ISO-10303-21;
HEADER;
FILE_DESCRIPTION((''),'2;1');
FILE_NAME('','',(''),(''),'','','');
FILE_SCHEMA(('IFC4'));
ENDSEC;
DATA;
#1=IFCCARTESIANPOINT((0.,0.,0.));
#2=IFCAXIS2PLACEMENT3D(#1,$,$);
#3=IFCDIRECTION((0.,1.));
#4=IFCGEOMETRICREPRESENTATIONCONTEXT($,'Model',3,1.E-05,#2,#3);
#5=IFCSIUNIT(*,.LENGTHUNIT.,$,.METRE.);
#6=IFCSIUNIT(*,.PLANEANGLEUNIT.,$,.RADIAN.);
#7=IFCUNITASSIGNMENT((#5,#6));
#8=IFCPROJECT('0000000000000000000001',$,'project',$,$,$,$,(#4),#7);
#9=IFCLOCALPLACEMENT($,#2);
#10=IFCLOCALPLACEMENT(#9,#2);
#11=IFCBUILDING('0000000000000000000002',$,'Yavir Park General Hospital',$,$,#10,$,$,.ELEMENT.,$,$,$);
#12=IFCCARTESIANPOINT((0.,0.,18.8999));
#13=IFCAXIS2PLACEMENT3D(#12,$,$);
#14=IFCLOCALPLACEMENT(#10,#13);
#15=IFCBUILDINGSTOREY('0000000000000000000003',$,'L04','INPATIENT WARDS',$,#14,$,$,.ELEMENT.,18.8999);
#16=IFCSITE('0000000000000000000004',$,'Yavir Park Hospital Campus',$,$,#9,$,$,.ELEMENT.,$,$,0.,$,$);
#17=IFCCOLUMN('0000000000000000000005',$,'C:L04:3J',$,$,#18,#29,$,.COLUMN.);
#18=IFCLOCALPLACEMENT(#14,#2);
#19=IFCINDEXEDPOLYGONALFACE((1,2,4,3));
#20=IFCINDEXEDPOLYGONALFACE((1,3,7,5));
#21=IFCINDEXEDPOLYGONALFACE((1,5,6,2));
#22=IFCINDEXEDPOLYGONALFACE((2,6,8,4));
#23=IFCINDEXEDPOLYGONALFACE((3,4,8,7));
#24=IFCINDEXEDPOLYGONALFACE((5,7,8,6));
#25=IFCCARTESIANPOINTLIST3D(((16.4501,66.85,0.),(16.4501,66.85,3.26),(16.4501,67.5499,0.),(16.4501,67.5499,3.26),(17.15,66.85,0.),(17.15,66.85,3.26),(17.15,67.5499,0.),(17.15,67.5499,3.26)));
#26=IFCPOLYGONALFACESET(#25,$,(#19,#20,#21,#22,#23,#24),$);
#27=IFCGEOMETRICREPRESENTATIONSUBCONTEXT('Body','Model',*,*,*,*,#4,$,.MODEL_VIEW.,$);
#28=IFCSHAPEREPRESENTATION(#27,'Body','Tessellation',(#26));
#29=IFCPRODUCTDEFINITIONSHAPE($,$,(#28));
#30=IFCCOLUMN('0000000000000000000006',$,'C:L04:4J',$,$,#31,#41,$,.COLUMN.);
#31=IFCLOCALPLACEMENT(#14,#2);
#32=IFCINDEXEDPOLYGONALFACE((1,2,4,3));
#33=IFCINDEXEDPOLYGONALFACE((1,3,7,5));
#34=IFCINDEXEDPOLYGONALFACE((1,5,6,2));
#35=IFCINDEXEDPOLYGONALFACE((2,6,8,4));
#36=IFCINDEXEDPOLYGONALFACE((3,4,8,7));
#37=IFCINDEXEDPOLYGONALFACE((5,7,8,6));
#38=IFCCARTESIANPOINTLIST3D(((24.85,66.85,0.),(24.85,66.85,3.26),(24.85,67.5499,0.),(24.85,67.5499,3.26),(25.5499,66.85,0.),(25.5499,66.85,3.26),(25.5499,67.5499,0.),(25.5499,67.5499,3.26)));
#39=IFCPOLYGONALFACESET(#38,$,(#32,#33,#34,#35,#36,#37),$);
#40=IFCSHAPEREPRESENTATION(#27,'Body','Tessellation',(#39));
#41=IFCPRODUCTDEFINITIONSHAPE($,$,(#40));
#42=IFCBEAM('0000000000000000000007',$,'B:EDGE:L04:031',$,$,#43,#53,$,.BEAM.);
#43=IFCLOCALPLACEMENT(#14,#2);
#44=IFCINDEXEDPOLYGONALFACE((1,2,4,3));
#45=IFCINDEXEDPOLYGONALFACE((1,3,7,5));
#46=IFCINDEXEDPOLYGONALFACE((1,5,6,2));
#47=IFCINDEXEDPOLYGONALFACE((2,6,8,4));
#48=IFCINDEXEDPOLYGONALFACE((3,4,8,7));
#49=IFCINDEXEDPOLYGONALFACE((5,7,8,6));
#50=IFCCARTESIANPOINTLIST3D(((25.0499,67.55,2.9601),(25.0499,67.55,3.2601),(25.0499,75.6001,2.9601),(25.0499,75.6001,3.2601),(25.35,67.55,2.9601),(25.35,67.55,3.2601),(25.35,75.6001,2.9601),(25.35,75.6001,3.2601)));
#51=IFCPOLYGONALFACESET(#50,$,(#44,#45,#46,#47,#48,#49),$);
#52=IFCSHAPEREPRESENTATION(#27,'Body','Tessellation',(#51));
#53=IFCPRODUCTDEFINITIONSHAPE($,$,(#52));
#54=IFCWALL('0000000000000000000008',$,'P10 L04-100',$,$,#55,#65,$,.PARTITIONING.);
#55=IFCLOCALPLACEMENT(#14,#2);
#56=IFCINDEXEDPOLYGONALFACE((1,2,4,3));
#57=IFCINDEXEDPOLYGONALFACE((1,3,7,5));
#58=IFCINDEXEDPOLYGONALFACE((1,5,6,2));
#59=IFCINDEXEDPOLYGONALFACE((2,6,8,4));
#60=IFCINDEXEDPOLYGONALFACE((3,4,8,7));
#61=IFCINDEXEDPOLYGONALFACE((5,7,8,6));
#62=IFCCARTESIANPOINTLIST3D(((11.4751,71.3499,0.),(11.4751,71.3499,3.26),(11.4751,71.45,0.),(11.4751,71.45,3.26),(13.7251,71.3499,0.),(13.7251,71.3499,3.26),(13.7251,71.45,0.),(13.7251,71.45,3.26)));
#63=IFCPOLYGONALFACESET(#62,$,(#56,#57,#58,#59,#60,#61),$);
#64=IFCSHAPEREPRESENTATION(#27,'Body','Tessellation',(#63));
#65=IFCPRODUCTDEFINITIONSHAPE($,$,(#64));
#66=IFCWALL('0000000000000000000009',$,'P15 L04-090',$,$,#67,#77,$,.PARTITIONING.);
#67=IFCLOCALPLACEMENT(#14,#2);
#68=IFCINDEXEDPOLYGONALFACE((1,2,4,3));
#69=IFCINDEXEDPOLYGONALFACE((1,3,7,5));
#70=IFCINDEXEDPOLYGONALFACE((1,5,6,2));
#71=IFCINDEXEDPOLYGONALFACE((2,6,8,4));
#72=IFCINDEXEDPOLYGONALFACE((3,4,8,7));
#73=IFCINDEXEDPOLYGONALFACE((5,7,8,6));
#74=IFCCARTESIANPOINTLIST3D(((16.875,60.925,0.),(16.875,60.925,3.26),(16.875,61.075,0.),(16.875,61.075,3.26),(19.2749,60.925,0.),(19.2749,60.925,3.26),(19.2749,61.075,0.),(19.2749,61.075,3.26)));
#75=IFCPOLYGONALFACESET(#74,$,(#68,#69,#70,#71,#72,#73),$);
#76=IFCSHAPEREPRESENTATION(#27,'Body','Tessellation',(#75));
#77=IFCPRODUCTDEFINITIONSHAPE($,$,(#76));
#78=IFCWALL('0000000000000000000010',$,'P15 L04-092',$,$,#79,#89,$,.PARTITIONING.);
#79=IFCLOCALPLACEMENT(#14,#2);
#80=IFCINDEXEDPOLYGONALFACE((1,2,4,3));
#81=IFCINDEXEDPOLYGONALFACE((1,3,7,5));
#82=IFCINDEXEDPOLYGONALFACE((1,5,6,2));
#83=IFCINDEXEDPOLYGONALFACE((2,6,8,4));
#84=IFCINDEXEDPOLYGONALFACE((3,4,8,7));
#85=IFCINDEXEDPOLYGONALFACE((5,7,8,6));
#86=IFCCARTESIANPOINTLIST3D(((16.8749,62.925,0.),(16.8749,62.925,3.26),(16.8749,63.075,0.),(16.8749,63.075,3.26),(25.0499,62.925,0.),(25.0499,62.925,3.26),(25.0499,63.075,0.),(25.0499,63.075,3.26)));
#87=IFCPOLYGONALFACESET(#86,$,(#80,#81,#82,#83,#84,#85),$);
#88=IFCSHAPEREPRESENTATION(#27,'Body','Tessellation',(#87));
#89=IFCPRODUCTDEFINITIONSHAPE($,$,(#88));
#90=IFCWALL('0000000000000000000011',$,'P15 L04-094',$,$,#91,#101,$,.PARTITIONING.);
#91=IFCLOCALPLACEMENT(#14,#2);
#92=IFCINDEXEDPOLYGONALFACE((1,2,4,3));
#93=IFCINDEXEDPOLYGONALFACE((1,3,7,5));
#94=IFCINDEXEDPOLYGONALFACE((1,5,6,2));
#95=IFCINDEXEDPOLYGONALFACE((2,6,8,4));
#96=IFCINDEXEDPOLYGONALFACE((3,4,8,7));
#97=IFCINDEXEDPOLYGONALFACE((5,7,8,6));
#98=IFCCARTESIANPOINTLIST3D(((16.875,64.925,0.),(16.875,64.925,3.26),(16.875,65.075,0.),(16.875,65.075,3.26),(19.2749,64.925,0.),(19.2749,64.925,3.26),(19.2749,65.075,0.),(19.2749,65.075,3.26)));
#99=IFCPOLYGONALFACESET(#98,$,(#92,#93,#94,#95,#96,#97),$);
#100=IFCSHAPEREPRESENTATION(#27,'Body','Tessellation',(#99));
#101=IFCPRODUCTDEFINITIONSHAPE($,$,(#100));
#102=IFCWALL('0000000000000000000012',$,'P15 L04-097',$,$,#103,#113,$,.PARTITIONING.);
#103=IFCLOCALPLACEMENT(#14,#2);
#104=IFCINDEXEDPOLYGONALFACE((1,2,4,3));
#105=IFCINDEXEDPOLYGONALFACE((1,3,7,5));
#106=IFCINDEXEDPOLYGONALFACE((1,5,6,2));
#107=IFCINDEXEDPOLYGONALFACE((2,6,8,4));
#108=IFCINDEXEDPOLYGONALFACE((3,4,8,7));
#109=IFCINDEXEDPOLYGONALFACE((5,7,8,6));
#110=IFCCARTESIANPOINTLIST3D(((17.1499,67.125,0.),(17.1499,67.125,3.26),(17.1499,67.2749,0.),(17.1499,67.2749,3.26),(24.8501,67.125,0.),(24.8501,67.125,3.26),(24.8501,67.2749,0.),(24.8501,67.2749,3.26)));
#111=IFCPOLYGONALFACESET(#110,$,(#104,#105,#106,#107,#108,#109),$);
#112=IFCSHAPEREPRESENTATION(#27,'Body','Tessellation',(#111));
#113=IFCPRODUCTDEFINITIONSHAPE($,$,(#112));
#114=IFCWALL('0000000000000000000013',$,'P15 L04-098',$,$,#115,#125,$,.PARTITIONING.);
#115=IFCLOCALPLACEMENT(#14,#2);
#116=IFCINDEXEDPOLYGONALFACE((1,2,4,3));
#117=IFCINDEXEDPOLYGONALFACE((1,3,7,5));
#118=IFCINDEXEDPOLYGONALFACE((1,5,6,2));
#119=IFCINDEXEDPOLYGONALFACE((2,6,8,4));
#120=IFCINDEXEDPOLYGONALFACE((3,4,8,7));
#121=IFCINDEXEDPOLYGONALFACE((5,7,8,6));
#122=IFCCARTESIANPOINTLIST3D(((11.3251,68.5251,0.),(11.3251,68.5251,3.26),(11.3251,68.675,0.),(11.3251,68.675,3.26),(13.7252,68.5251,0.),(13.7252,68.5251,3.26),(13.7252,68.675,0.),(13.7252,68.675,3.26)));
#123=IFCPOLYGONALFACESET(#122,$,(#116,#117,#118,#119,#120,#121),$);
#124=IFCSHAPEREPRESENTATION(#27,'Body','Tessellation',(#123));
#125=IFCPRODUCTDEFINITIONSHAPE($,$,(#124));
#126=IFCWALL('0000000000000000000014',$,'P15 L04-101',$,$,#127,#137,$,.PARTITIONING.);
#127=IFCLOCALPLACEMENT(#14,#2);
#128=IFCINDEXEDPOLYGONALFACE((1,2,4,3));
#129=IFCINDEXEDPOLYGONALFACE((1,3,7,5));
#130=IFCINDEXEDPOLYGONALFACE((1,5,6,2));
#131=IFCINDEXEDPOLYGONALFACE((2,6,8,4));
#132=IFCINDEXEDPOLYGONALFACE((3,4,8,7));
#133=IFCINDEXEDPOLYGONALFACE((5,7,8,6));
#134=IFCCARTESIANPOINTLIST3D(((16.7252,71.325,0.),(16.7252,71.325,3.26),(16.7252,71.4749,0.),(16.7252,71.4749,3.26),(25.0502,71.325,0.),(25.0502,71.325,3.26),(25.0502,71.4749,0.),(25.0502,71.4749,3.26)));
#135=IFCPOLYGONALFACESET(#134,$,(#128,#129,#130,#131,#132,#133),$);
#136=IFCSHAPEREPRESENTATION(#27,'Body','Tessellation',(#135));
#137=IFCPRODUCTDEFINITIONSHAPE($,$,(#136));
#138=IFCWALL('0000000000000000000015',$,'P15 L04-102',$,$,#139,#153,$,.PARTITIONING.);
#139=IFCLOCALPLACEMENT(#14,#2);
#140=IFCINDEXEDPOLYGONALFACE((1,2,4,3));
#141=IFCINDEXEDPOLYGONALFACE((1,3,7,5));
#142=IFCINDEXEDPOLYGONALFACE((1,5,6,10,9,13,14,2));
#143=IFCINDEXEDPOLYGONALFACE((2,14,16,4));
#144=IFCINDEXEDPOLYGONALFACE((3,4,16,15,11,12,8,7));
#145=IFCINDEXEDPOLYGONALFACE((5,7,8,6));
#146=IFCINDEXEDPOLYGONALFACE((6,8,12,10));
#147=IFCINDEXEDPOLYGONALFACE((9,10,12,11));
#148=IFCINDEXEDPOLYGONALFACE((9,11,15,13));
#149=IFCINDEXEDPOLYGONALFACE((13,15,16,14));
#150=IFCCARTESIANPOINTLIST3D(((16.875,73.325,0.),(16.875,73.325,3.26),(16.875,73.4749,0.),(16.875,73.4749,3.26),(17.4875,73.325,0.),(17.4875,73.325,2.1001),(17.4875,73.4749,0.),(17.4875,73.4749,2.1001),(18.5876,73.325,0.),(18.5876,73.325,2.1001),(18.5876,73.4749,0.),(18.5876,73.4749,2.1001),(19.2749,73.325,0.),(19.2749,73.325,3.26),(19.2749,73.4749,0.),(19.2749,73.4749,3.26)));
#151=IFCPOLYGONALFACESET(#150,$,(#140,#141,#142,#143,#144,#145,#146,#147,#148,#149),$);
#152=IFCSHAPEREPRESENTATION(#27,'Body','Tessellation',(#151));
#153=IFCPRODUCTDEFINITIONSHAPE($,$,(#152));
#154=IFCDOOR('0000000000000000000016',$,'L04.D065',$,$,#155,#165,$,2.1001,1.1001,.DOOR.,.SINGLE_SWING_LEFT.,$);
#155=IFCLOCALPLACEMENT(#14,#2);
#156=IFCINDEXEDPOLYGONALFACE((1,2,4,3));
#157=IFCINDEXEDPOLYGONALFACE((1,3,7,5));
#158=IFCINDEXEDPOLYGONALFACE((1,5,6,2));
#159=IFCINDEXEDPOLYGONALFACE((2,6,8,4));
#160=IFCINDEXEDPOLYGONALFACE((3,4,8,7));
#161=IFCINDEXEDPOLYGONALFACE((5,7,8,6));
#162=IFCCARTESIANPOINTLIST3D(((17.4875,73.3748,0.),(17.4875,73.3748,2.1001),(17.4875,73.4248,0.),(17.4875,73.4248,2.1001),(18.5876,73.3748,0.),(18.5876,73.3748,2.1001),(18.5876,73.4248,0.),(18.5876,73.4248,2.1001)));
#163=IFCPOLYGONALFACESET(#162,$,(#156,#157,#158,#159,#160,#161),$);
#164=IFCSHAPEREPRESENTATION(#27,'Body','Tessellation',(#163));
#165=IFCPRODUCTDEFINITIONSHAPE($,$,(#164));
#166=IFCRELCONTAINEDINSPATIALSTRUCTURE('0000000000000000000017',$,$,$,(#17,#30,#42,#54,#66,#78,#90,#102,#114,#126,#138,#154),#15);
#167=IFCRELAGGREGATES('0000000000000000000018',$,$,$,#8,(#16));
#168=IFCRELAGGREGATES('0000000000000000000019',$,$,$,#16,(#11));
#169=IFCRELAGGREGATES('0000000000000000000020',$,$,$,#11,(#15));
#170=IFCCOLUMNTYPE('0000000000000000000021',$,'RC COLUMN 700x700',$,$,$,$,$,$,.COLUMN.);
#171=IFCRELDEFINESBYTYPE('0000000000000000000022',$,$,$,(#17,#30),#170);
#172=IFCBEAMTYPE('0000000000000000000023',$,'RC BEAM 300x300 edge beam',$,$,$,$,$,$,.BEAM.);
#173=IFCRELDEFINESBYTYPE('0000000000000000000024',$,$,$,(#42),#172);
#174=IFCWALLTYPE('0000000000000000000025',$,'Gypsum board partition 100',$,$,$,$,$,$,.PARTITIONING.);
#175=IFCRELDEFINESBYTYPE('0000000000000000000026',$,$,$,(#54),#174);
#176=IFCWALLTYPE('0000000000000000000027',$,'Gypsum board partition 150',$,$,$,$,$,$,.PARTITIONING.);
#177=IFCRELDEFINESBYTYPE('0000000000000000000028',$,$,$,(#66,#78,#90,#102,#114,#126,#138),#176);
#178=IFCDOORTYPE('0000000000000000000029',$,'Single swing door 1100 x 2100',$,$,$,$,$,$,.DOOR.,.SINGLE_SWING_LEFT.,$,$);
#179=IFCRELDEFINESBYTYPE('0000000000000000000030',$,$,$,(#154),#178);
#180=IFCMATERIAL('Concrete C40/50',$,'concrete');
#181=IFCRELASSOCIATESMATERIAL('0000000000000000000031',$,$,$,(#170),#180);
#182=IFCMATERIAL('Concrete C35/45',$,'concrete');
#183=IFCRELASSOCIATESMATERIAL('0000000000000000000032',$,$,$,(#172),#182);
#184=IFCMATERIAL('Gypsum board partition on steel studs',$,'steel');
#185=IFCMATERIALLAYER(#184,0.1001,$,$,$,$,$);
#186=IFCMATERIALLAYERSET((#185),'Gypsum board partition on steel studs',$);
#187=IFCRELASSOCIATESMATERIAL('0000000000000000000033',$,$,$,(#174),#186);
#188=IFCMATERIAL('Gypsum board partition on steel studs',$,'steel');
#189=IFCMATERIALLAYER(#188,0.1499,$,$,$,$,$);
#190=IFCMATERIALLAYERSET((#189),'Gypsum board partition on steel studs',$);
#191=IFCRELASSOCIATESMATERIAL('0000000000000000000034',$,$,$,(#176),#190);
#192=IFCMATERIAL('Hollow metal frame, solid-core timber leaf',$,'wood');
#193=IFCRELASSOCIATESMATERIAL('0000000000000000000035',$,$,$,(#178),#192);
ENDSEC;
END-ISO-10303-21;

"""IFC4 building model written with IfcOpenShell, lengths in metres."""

from ifc_helpers import new_model, si_unit, direction, frame, frame_2d, origin, origin_2d, place, context, subcontext, project, spatial, rectangle, extrude, material, layer, layer_set, material_profile, profile_set, type_object, element, fill, save


model = new_model("IFC4")

# Units and contexts
model_context = context("Model", 3, precision=1e-05, world=origin(), true_north=direction((0.0, 1.0)))
body_context = subcontext(model_context, "Body", "Model", "MODEL_VIEW")
ifc_project = project(units=[si_unit("LENGTHUNIT", "METRE"), si_unit("PLANEANGLEUNIT", "RADIAN")], contexts=[model_context])

# Site, building, storey
site_placement = place(None, origin())
site = spatial("IfcSite", under=ifc_project, at=site_placement, Name="Yavir Park Hospital Campus", CompositionType="ELEMENT", RefElevation=0.0)
building_placement = place(site_placement, origin())
building = spatial("IfcBuilding", under=site, at=building_placement, Name="Yavir Park General Hospital", CompositionType="ELEMENT")
storey_placement = place(building_placement, frame((0.0, 0.0, 18.8999)))
storey = spatial("IfcBuildingStorey", under=building, at=storey_placement, Name="L04", Description="INPATIENT WARDS", CompositionType="ELEMENT", Elevation=18.8999)

# Columns
ifc_material_1 = material(Name="Concrete C40/50", Category="concrete")
ifc_material_profile_1 = material_profile(ifc_material_1, rectangle(XDim=0.7, YDim=0.7, at=origin_2d()), Name="RC700x700")
ifc_profile_set_1 = profile_set([ifc_material_profile_1], Name="Concrete C40/50")
column_type = type_object("IfcColumnType", Name="RC COLUMN 700x700", PredefinedType="COLUMN", material=ifc_profile_set_1)
for number, where, z_axis, x_axis, name in (
    (1, (16.8, 67.2, 0.0), (0.0, 0.0, 1.0), (1.0, 0.0, 0.0), "C:L04:3J"),
    (2, (25.2, 67.2, 0.0), (0.0, 0.0, 1.0), (1.0, 0.0, 0.0), "C:L04:4J"),
):
    element("IfcColumn", number, at=place(storey_placement, frame(where, z_axis=z_axis, x_axis=x_axis)), inside=storey, type_object=column_type, Name=name, PredefinedType="COLUMN", context=body_context, shape_type="SweptSolid", body=[
        extrude(rectangle(XDim=0.7, YDim=0.7, at=origin_2d()), origin(), (0.0, 0.0, 1.0), 3.26),
    ])

# Beam
ifc_material_2 = material(Name="Concrete C35/45", Category="concrete")
ifc_material_profile_2 = material_profile(ifc_material_2, rectangle(XDim=0.3, YDim=0.3, at=origin_2d()), Name="RC300x300")
ifc_profile_set_2 = profile_set([ifc_material_profile_2], Name="Concrete C35/45")
beam_type = type_object("IfcBeamType", Name="RC BEAM 300x300 edge beam", PredefinedType="BEAM", material=ifc_profile_set_2)
beam_placement = place(storey_placement, frame((25.2, 67.55, 3.1101), z_axis=(0.0, 1.0, 0.0), x_axis=(-1.0, 0.0, 0.0)))
element("IfcBeam", 3, at=beam_placement, inside=storey, type_object=beam_type, Name="B:EDGE:L04:031", PredefinedType="BEAM", context=body_context, shape_type="SweptSolid", body=[
    extrude(rectangle(XDim=0.3, YDim=0.3, at=origin_2d()), origin(), (0.0, 0.0, 1.0), 8.05),
])

# Walls
ifc_material_3 = material(Name="Gypsum board partition on steel studs", Category="steel")
ifc_layer_1 = layer(ifc_material_3, 0.1001)
ifc_layer_set_1 = layer_set([ifc_layer_1], Name="Gypsum board partition on steel studs")
wall_type_1 = type_object("IfcWallType", Name="Gypsum board partition 100", PredefinedType="PARTITIONING", material=ifc_layer_set_1)
wall_1_placement = place(storey_placement, frame((11.4751, 71.3999, 0.0), z_axis=(0.0, 0.0, 1.0), x_axis=(1.0, 0.0, 0.0)))
element("IfcWall", 4, at=wall_1_placement, inside=storey, type_object=wall_type_1, Name="P10 L04-100", PredefinedType="PARTITIONING", context=body_context, shape_type="SweptSolid", body=[
    extrude(rectangle(XDim=2.25, YDim=0.1001, at=frame_2d((1.125, 0.0))), origin(), (0.0, 0.0, 1.0), 3.26),
])
ifc_material_4 = material(Name="Gypsum board partition on steel studs", Category="steel")
ifc_layer_2 = layer(ifc_material_4, 0.1499)
ifc_layer_set_2 = layer_set([ifc_layer_2], Name="Gypsum board partition on steel studs")
wall_type_2 = type_object("IfcWallType", Name="Gypsum board partition 150", PredefinedType="PARTITIONING", material=ifc_layer_set_2)
wall_2_placement = place(storey_placement, frame((16.875, 61.0, 0.0), z_axis=(0.0, 0.0, 1.0), x_axis=(1.0, 0.0, 0.0)))
element("IfcWall", 5, at=wall_2_placement, inside=storey, type_object=wall_type_2, Name="P15 L04-090", PredefinedType="PARTITIONING", context=body_context, shape_type="SweptSolid", body=[
    extrude(rectangle(XDim=2.3999, YDim=0.1499, at=frame_2d((1.2, 0.0))), origin(), (0.0, 0.0, 1.0), 3.26),
])
wall_3_placement = place(storey_placement, frame((16.875, 63.0, 0.0), z_axis=(0.0, 0.0, 1.0), x_axis=(1.0, 0.0, 0.0)))
element("IfcWall", 6, at=wall_3_placement, inside=storey, type_object=wall_type_2, Name="P15 L04-092", PredefinedType="PARTITIONING", context=body_context, shape_type="SweptSolid", body=[
    extrude(rectangle(XDim=8.175, YDim=0.1499, at=frame_2d((4.0874, 0.0))), origin(), (0.0, 0.0, 1.0), 3.26),
])
wall_4_placement = place(storey_placement, frame((16.875, 65.0, 0.0), z_axis=(0.0, 0.0, 1.0), x_axis=(1.0, 0.0, 0.0)))
element("IfcWall", 7, at=wall_4_placement, inside=storey, type_object=wall_type_2, Name="P15 L04-094", PredefinedType="PARTITIONING", context=body_context, shape_type="SweptSolid", body=[
    extrude(rectangle(XDim=2.3999, YDim=0.1499, at=frame_2d((1.2, 0.0))), origin(), (0.0, 0.0, 1.0), 3.26),
])
wall_5_placement = place(storey_placement, frame((17.1499, 67.2, 0.0), z_axis=(0.0, 0.0, 1.0), x_axis=(1.0, 0.0, 0.0)))
element("IfcWall", 8, at=wall_5_placement, inside=storey, type_object=wall_type_2, Name="P15 L04-097", PredefinedType="PARTITIONING", context=body_context, shape_type="SweptSolid", body=[
    extrude(rectangle(XDim=7.7002, YDim=0.1499, at=frame_2d((3.8501, 0.0))), origin(), (0.0, 0.0, 1.0), 3.26),
])
wall_6_placement = place(storey_placement, frame((11.325, 68.6001, 0.0), z_axis=(0.0, 0.0, 1.0), x_axis=(1.0, 0.0, 0.0)))
element("IfcWall", 9, at=wall_6_placement, inside=storey, type_object=wall_type_2, Name="P15 L04-098", PredefinedType="PARTITIONING", context=body_context, shape_type="SweptSolid", body=[
    extrude(rectangle(XDim=2.4001, YDim=0.1499, at=frame_2d((1.2002, 0.0))), origin(), (0.0, 0.0, 1.0), 3.26),
])
wall_7_placement = place(storey_placement, frame((16.7251, 71.3999, 0.0), z_axis=(0.0, 0.0, 1.0), x_axis=(1.0, 0.0, 0.0)))
element("IfcWall", 10, at=wall_7_placement, inside=storey, type_object=wall_type_2, Name="P15 L04-101", PredefinedType="PARTITIONING", context=body_context, shape_type="SweptSolid", body=[
    extrude(rectangle(XDim=8.325, YDim=0.1499, at=frame_2d((4.1626, 0.0))), origin(), (0.0, 0.0, 1.0), 3.26),
])

# Wall, opening, door
wall_8_placement = place(storey_placement, frame((16.875, 73.3999, 0.0), z_axis=(0.0, 0.0, 1.0), x_axis=(1.0, 0.0, 0.0)))
wall_8 = element("IfcWall", 11, at=wall_8_placement, inside=storey, type_object=wall_type_2, Name="P15 L04-102", PredefinedType="PARTITIONING", context=body_context, shape_type="SweptSolid", body=[
    extrude(rectangle(XDim=2.3999, YDim=0.1499, at=frame_2d((1.2, 0.0))), origin(), (0.0, 0.0, 1.0), 3.26),
])
opening_1_placement = place(wall_8_placement, frame((0.6125, 0.0, 0.0)))
opening_1 = element("IfcOpeningElement", 12, at=opening_1_placement, cuts=wall_8, PredefinedType="OPENING", context=body_context, shape_type="SweptSolid", body=[
    extrude(rectangle(XDim=1.1001, YDim=2.1001, at=frame_2d((0.55, 1.05))), frame((0.0, 0.085, 0.0), z_axis=(0.0, -1.0, 0.0), x_axis=(1.0, 0.0, 0.0)), (0.0, 0.0, 1.0), 0.1699),
])
ifc_material_5 = material(Name="Hollow metal frame, solid-core timber leaf", Category="wood")
door_type_1 = type_object("IfcDoorType", Name="Single swing door 1100 x 2100", OperationType="SINGLE_SWING_LEFT", PredefinedType="DOOR", material=ifc_material_5)
door_1_placement = place(opening_1_placement, origin())
door_1 = element("IfcDoor", 13, at=door_1_placement, inside=storey, type_object=door_type_1, Name="L04.D065", OperationType="SINGLE_SWING_LEFT", OverallHeight=2.1001, OverallWidth=1.1001, PredefinedType="DOOR", context=body_context, shape_type="SweptSolid", body=[
    extrude(rectangle(XDim=1.1001, YDim=2.1001, at=frame_2d((0.55, 1.05))), frame((0.0, 0.0249, 0.0), z_axis=(0.0, -1.0, 0.0), x_axis=(1.0, 0.0, 0.0)), (0.0, 0.0, 1.0), 0.05),
])
fill(opening_1, door_1)

save(model, "model.ifc")
